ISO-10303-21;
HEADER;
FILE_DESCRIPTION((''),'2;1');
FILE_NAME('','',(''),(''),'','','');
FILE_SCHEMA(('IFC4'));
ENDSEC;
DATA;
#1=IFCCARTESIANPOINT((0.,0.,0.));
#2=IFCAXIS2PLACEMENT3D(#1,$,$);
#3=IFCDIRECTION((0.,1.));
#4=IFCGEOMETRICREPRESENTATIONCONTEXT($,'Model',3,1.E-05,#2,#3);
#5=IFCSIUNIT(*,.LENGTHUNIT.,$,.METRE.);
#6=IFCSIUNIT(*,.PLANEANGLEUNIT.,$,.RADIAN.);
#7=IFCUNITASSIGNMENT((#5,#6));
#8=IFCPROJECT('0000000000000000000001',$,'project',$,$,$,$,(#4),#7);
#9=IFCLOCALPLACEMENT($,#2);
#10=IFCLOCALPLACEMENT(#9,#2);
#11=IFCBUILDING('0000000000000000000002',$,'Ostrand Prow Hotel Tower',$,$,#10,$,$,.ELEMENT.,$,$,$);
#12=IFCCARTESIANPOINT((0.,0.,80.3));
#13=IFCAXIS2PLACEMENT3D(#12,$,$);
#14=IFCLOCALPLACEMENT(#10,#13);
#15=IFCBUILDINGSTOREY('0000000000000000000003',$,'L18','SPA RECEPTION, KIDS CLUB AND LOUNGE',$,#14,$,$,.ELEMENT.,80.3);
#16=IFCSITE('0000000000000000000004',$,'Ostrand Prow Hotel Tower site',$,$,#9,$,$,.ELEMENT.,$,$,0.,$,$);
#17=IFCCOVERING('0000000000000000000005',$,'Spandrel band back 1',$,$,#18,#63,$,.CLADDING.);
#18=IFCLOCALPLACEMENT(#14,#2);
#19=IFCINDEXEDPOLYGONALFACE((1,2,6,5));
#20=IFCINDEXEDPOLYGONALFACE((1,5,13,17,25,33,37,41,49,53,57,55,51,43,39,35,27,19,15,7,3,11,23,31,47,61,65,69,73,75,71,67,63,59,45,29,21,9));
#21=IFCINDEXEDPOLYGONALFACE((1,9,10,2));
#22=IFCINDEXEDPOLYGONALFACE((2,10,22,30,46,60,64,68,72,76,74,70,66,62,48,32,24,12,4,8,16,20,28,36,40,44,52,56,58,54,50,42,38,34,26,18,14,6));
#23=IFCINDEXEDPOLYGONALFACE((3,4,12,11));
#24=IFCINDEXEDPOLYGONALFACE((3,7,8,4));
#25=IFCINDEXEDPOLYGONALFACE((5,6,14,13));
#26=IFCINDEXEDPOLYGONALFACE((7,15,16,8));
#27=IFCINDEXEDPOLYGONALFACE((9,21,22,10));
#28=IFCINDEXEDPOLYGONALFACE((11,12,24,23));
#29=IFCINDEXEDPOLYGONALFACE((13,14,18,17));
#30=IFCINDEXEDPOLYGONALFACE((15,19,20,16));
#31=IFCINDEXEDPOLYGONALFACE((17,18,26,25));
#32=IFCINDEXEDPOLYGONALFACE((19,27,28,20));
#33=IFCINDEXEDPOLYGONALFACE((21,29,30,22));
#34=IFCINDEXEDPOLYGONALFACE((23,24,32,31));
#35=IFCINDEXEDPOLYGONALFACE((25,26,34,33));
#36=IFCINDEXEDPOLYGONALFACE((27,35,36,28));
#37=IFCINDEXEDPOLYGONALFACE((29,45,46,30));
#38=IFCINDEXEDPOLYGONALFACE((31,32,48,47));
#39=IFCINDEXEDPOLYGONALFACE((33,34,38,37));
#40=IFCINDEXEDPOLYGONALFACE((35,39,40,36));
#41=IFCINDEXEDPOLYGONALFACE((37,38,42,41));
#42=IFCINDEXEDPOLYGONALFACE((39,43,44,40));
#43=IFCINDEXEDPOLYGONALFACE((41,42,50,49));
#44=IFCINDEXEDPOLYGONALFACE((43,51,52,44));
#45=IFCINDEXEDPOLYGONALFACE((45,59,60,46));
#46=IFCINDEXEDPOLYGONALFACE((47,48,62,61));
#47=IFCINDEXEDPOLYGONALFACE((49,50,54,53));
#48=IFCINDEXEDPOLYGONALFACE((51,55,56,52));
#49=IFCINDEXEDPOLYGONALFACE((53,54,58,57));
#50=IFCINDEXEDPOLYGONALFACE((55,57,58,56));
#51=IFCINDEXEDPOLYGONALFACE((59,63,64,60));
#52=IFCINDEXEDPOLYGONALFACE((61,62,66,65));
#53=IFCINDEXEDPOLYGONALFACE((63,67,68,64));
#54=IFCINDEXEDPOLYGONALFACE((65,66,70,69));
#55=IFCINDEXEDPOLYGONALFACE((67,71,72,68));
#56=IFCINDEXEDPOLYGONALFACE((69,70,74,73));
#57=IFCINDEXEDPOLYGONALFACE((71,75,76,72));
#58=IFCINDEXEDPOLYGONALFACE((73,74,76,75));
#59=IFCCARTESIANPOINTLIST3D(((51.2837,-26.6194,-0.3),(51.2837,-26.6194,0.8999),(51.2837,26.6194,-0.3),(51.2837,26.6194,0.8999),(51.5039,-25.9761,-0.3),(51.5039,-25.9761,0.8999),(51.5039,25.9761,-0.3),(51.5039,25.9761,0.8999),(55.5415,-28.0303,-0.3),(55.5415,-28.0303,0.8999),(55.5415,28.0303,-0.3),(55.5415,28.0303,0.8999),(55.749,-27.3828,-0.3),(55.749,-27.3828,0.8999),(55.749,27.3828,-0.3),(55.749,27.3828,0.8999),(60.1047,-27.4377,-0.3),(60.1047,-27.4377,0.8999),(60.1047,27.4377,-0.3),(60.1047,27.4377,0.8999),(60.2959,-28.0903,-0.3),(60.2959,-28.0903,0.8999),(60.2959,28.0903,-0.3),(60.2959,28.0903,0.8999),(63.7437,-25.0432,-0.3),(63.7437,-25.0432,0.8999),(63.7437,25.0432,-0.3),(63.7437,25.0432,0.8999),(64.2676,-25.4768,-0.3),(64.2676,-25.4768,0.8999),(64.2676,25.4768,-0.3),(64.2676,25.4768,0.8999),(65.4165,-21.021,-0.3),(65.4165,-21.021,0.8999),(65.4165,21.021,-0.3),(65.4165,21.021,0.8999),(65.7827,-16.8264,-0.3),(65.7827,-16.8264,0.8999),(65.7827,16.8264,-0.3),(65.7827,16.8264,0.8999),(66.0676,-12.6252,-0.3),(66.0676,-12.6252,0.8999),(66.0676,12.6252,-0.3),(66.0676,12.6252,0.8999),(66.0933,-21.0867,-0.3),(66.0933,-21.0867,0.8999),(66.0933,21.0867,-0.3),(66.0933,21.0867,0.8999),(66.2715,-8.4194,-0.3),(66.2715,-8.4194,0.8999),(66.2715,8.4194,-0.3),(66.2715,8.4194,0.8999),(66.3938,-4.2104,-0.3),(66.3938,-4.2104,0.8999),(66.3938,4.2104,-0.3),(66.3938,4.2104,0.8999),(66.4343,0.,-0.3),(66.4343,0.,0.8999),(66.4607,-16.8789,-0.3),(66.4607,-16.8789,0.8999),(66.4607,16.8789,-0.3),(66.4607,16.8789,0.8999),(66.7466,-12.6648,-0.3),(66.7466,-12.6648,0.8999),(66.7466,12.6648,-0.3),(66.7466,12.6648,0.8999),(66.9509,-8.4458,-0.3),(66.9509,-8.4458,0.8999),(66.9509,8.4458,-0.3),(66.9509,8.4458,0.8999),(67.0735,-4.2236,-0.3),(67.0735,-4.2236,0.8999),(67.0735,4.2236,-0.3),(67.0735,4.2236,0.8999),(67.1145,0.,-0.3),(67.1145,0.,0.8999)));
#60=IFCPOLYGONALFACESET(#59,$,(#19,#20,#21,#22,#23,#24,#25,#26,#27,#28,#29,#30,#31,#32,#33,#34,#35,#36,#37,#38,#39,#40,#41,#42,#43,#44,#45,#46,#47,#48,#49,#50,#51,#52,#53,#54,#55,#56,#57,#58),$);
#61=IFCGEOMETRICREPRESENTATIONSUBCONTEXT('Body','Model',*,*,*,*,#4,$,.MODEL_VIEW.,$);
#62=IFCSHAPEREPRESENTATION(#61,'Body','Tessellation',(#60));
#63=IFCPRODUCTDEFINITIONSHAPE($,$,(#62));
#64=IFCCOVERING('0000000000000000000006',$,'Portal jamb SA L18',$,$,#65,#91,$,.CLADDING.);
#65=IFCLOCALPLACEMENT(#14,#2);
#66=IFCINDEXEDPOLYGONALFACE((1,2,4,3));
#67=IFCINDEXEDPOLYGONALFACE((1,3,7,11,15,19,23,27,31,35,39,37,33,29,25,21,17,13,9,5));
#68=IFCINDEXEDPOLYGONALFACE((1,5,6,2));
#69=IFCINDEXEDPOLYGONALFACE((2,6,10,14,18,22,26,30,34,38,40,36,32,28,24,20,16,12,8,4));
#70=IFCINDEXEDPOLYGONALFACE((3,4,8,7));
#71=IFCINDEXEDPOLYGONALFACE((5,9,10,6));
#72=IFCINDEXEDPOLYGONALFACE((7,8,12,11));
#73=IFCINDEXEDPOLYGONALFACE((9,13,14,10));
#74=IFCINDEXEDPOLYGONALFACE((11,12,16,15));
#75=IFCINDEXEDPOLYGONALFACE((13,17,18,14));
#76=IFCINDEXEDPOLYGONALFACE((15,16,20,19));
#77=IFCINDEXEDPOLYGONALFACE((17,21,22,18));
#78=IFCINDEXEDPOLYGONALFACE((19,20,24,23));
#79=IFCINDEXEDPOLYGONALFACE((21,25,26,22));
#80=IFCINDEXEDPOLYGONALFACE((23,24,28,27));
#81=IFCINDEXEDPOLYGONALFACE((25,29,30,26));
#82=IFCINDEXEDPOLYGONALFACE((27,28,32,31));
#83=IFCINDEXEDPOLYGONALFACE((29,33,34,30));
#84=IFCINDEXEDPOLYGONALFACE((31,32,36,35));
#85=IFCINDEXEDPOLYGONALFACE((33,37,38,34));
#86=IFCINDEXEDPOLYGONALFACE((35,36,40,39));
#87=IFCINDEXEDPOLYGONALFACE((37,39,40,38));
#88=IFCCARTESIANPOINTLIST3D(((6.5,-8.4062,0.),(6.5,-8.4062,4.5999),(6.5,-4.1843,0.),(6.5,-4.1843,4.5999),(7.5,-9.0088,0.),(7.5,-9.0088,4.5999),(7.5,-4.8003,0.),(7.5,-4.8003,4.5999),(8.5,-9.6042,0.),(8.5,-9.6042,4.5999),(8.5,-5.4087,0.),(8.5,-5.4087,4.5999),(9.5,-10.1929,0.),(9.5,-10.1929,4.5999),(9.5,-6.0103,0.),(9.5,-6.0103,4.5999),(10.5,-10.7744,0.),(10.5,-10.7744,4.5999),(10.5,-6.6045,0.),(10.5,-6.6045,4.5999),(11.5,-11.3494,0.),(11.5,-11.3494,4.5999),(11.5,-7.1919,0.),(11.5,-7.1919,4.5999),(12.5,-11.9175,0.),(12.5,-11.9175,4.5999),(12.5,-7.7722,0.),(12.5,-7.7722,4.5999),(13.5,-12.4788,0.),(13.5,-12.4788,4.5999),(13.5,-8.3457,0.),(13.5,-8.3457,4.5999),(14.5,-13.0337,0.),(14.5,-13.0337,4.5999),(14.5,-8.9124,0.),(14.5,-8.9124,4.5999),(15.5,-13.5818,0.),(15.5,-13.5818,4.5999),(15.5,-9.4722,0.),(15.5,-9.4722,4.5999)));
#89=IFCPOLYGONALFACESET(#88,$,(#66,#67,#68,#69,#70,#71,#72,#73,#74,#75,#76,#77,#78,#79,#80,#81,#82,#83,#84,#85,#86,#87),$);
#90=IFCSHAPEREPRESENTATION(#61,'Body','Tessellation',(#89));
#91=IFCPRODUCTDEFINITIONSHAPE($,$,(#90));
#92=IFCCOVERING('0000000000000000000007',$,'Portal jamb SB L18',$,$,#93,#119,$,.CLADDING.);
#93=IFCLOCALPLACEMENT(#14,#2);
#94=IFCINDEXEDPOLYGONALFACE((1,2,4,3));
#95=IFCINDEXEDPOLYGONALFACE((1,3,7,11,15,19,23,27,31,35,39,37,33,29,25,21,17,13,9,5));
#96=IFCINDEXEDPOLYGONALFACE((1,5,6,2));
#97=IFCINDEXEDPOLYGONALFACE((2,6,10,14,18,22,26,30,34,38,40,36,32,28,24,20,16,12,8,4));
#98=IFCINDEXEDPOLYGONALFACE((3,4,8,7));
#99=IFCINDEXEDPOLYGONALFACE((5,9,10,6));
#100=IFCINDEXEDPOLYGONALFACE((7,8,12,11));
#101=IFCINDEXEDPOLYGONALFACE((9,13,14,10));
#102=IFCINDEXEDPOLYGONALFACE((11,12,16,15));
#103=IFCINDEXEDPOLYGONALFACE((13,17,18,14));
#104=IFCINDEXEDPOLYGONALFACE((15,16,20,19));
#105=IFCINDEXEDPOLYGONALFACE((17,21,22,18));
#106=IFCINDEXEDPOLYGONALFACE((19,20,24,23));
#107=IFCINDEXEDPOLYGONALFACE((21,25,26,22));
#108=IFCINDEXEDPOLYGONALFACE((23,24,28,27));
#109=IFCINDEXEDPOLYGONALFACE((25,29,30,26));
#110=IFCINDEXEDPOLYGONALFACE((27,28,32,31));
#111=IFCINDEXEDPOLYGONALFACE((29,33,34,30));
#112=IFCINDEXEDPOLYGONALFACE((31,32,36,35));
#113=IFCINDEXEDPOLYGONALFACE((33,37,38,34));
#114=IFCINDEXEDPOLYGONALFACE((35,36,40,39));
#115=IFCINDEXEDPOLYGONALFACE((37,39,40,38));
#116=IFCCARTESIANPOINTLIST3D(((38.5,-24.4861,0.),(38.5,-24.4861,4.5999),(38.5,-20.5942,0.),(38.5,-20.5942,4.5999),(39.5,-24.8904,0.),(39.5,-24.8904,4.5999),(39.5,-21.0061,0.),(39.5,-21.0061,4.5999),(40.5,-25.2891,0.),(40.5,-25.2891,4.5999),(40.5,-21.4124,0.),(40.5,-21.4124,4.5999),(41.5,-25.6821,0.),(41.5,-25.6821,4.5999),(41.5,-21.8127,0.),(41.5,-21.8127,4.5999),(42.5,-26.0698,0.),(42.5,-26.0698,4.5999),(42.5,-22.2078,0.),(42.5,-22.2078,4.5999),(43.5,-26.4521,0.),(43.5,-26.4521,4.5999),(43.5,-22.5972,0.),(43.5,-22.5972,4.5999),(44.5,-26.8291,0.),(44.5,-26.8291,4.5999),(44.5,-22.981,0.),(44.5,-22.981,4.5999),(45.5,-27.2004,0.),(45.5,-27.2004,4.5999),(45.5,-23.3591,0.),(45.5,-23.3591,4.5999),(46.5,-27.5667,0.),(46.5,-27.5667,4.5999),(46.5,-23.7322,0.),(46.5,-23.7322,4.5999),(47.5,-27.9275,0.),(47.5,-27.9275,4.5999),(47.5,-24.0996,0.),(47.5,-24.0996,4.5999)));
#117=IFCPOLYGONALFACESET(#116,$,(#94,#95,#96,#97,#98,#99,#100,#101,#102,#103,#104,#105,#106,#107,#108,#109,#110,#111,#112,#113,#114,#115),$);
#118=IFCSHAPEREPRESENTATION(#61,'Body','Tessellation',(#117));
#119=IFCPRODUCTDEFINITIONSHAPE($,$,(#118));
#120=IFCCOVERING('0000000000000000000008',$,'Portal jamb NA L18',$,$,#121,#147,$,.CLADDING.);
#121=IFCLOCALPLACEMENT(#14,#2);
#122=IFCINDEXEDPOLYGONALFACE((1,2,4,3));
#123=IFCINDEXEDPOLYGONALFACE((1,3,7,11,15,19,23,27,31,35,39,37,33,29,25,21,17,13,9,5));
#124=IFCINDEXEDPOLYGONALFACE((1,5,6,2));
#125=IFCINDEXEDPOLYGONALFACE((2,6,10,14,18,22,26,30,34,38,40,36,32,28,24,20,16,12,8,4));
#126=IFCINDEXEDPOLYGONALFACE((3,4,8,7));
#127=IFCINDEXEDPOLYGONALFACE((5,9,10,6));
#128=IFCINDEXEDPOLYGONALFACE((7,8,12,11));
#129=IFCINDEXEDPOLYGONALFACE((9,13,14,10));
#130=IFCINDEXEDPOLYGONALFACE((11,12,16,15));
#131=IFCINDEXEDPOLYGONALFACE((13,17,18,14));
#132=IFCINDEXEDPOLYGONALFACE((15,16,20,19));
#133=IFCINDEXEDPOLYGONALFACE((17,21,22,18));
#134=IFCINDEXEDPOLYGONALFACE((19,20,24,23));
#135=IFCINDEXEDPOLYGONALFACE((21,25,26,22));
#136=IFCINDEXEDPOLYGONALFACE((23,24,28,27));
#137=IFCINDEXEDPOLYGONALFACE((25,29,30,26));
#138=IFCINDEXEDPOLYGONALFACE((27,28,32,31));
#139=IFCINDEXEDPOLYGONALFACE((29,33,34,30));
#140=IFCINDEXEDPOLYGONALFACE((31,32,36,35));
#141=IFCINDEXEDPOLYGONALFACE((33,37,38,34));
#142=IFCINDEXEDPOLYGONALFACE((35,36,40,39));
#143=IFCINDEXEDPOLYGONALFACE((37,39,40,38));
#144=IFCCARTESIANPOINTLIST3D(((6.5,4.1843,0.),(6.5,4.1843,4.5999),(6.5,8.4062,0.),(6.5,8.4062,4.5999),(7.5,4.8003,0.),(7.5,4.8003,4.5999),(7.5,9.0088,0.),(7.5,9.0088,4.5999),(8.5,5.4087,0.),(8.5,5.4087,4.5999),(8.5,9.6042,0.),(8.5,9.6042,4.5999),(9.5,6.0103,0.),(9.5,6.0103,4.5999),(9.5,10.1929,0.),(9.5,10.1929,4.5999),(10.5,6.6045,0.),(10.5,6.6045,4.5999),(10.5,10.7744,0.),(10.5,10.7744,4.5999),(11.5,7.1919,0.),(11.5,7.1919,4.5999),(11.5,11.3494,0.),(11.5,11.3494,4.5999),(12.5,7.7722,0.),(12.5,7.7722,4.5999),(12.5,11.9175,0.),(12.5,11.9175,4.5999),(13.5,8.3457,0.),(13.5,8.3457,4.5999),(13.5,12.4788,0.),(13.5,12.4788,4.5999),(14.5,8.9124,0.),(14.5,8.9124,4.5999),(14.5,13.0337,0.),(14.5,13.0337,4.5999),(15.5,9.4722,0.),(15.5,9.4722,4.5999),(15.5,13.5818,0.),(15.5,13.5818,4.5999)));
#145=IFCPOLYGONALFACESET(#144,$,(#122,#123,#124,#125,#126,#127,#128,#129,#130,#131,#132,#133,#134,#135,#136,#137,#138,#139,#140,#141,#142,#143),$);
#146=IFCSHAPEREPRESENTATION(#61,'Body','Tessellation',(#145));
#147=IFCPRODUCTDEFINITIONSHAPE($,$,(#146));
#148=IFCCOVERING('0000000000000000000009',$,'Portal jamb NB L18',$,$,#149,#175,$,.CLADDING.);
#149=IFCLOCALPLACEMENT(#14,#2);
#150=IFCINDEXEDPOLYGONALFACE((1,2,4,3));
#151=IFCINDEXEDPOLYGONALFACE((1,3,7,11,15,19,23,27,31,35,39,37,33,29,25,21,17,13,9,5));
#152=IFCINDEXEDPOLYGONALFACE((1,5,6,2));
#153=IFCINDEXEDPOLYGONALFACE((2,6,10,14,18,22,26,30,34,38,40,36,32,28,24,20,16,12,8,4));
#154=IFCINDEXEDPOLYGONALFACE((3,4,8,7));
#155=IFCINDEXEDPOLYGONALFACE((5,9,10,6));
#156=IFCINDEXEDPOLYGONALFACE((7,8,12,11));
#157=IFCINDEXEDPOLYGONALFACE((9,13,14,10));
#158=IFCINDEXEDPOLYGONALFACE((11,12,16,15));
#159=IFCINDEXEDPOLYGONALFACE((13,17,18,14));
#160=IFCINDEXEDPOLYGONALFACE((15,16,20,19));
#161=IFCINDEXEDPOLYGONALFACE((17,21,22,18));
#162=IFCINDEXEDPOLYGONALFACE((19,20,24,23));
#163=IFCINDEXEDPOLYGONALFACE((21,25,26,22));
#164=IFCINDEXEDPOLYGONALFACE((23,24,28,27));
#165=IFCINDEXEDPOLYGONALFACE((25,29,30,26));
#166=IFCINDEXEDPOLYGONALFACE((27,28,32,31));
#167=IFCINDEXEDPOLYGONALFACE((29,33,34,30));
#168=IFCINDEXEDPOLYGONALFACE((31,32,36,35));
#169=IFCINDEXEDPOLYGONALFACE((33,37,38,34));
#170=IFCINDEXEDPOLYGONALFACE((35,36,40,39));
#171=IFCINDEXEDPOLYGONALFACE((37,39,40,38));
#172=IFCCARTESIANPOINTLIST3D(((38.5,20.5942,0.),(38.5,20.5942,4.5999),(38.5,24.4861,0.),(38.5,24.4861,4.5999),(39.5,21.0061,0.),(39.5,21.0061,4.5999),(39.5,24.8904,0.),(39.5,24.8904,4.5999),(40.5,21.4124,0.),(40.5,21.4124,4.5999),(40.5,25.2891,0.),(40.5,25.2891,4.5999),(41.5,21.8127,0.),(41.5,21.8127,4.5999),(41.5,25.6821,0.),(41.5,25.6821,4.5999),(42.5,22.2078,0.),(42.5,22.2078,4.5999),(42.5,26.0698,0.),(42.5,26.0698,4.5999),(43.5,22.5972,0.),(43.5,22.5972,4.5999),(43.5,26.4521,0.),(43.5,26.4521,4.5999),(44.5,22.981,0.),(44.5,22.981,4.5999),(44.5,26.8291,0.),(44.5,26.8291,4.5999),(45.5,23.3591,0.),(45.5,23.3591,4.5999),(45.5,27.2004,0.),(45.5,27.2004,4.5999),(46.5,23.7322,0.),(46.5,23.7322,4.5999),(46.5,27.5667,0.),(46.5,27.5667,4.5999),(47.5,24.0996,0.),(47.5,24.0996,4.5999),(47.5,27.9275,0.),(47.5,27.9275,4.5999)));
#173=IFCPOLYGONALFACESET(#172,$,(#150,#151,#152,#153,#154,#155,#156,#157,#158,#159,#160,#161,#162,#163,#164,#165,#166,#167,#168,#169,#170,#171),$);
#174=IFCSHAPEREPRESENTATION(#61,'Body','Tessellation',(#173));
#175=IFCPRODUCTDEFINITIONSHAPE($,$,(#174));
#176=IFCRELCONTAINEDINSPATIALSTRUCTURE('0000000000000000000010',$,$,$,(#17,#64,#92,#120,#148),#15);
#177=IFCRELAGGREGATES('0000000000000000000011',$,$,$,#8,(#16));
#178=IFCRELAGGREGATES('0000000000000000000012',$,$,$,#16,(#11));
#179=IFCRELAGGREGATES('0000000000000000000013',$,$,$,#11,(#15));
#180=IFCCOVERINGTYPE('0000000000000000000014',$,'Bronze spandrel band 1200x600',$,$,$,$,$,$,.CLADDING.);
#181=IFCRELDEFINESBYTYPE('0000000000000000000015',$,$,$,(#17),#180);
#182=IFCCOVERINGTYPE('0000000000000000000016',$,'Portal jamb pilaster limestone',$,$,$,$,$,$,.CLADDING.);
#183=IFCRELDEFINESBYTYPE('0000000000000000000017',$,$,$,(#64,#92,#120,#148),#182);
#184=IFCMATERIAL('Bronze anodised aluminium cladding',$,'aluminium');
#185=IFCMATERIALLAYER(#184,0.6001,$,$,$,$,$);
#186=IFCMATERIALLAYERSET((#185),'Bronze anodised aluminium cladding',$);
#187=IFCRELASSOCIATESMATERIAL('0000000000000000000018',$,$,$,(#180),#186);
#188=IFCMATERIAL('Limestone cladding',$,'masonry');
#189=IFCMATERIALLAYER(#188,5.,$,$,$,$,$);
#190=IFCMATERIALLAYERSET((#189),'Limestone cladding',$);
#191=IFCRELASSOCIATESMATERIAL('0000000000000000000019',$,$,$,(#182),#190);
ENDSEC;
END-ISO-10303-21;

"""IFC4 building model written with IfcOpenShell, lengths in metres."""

from ifc_helpers import new_model, si_unit, direction, frame, origin, place, context, subcontext, project, spatial, polyline, outline, extrude, material, layer, layer_set, type_object, element, save


model = new_model("IFC4")

# Units and contexts
model_context = context("Model", 3, precision=1e-05, world=origin(), true_north=direction((0.0, 1.0)))
body_context = subcontext(model_context, "Body", "Model", "MODEL_VIEW")
ifc_project = project(units=[si_unit("LENGTHUNIT", "METRE"), si_unit("PLANEANGLEUNIT", "RADIAN")], contexts=[model_context])

# Site, building, storey
site_placement = place(None, origin())
site = spatial("IfcSite", under=ifc_project, at=site_placement, Name="Ostrand Prow Hotel Tower site", CompositionType="ELEMENT", RefElevation=0.0)
building_placement = place(site_placement, origin())
building = spatial("IfcBuilding", under=site, at=building_placement, Name="Ostrand Prow Hotel Tower", CompositionType="ELEMENT")
storey_placement = place(building_placement, frame((0.0, 0.0, 80.3)))
storey = spatial("IfcBuildingStorey", under=building, at=storey_placement, Name="L18", Description="SPA RECEPTION, KIDS CLUB AND LOUNGE", CompositionType="ELEMENT", Elevation=80.3)

# Coverings
ifc_material_1 = material(Name="Bronze anodised aluminium cladding", Category="aluminium")
ifc_layer_1 = layer(ifc_material_1, 0.6001)
ifc_layer_set_1 = layer_set([ifc_layer_1], Name="Bronze anodised aluminium cladding")
covering_type_1 = type_object("IfcCoveringType", Name="Bronze spandrel band 1200x600", PredefinedType="CLADDING", material=ifc_layer_set_1)
covering_1_placement = place(storey_placement, frame((0.0, 0.0, -0.3)))
element("IfcCovering", 1, at=covering_1_placement, inside=storey, type_object=covering_type_1, Name="Spandrel band back 1", PredefinedType="CLADDING", context=body_context, shape_type="SweptSolid", body=[
    extrude(outline(polyline([(51.2837, -26.6194), (55.5415, -28.0303), (60.2959, -28.0903), (64.2676, -25.4768), (66.0933, -21.0867), (66.4607, -16.8789), (66.7466, -12.6648), (66.9509, -8.4458), (67.0735, -4.2236), (67.1145, 0.0), (67.0735, 4.2236), (66.9509, 8.4458), (66.7466, 12.6648), (66.4607, 16.8789), (66.0933, 21.0867), (64.2676, 25.4768), (60.2959, 28.0903), (55.5415, 28.0303), (51.2837, 26.6194), (51.5039, 25.9761), (55.749, 27.3828), (60.1047, 27.4377), (63.7437, 25.0432), (65.4165, 21.021), (65.7827, 16.8264), (66.0676, 12.6252), (66.2715, 8.4194), (66.3938, 4.2104), (66.4343, 0.0), (66.3938, -4.2104), (66.2715, -8.4194), (66.0676, -12.6252), (65.7827, -16.8264), (65.4165, -21.021), (63.7437, -25.0432), (60.1047, -27.4377), (55.749, -27.3828), (51.5039, -25.9761), (51.2837, -26.6194)])), origin(), (0.0, 0.0, 1.0), 1.2),
])
ifc_material_2 = material(Name="Limestone cladding", Category="masonry")
ifc_layer_2 = layer(ifc_material_2, 5.0)
ifc_layer_set_2 = layer_set([ifc_layer_2], Name="Limestone cladding")
covering_type_2 = type_object("IfcCoveringType", Name="Portal jamb pilaster limestone", PredefinedType="CLADDING", material=ifc_layer_set_2)
covering_2_placement = place(storey_placement, origin())
element("IfcCovering", 2, at=covering_2_placement, inside=storey, type_object=covering_type_2, Name="Portal jamb SA L18", PredefinedType="CLADDING", context=body_context, shape_type="SweptSolid", body=[
    extrude(outline(polyline([(6.5, -4.1843), (6.5, -8.4062), (7.5, -9.0088), (8.5, -9.6042), (9.5, -10.1929), (10.5, -10.7744), (11.5, -11.3494), (12.5, -11.9175), (13.5, -12.4788), (14.5, -13.0337), (15.5, -13.5818), (15.5, -9.4722), (14.5, -8.9124), (13.5, -8.3457), (12.5, -7.7722), (11.5, -7.1919), (10.5, -6.6045), (9.5, -6.0103), (8.5, -5.4087), (7.5, -4.8003), (6.5, -4.1843)])), origin(), (0.0, 0.0, 1.0), 4.5999),
])
covering_3_placement = place(storey_placement, origin())
element("IfcCovering", 3, at=covering_3_placement, inside=storey, type_object=covering_type_2, Name="Portal jamb SB L18", PredefinedType="CLADDING", context=body_context, shape_type="SweptSolid", body=[
    extrude(outline(polyline([(38.5, -20.5942), (38.5, -24.4861), (39.5, -24.8904), (40.5, -25.2891), (41.5, -25.6821), (42.5, -26.0698), (43.5, -26.4521), (44.5, -26.8291), (45.5, -27.2004), (46.5, -27.5667), (47.5, -27.9275), (47.5, -24.0996), (46.5, -23.7322), (45.5, -23.3591), (44.5, -22.981), (43.5, -22.5972), (42.5, -22.2078), (41.5, -21.8127), (40.5, -21.4124), (39.5, -21.0061), (38.5, -20.5942)])), origin(), (0.0, 0.0, 1.0), 4.5999),
])
covering_4_placement = place(storey_placement, origin())
element("IfcCovering", 4, at=covering_4_placement, inside=storey, type_object=covering_type_2, Name="Portal jamb NA L18", PredefinedType="CLADDING", context=body_context, shape_type="SweptSolid", body=[
    extrude(outline(polyline([(6.5, 4.1843), (7.5, 4.8003), (8.5, 5.4087), (9.5, 6.0103), (10.5, 6.6045), (11.5, 7.1919), (12.5, 7.7722), (13.5, 8.3457), (14.5, 8.9124), (15.5, 9.4722), (15.5, 13.5818), (14.5, 13.0337), (13.5, 12.4788), (12.5, 11.9175), (11.5, 11.3494), (10.5, 10.7744), (9.5, 10.1929), (8.5, 9.6042), (7.5, 9.0088), (6.5, 8.4062), (6.5, 4.1843)])), origin(), (0.0, 0.0, 1.0), 4.5999),
])
covering_5_placement = place(storey_placement, origin())
element("IfcCovering", 5, at=covering_5_placement, inside=storey, type_object=covering_type_2, Name="Portal jamb NB L18", PredefinedType="CLADDING", context=body_context, shape_type="SweptSolid", body=[
    extrude(outline(polyline([(38.5, 20.5942), (39.5, 21.0061), (40.5, 21.4124), (41.5, 21.8127), (42.5, 22.2078), (43.5, 22.5972), (44.5, 22.981), (45.5, 23.3591), (46.5, 23.7322), (47.5, 24.0996), (47.5, 27.9275), (46.5, 27.5667), (45.5, 27.2004), (44.5, 26.8291), (43.5, 26.4521), (42.5, 26.0698), (41.5, 25.6821), (40.5, 25.2891), (39.5, 24.8904), (38.5, 24.4861), (38.5, 20.5942)])), origin(), (0.0, 0.0, 1.0), 4.5999),
])

save(model, "model.ifc")
